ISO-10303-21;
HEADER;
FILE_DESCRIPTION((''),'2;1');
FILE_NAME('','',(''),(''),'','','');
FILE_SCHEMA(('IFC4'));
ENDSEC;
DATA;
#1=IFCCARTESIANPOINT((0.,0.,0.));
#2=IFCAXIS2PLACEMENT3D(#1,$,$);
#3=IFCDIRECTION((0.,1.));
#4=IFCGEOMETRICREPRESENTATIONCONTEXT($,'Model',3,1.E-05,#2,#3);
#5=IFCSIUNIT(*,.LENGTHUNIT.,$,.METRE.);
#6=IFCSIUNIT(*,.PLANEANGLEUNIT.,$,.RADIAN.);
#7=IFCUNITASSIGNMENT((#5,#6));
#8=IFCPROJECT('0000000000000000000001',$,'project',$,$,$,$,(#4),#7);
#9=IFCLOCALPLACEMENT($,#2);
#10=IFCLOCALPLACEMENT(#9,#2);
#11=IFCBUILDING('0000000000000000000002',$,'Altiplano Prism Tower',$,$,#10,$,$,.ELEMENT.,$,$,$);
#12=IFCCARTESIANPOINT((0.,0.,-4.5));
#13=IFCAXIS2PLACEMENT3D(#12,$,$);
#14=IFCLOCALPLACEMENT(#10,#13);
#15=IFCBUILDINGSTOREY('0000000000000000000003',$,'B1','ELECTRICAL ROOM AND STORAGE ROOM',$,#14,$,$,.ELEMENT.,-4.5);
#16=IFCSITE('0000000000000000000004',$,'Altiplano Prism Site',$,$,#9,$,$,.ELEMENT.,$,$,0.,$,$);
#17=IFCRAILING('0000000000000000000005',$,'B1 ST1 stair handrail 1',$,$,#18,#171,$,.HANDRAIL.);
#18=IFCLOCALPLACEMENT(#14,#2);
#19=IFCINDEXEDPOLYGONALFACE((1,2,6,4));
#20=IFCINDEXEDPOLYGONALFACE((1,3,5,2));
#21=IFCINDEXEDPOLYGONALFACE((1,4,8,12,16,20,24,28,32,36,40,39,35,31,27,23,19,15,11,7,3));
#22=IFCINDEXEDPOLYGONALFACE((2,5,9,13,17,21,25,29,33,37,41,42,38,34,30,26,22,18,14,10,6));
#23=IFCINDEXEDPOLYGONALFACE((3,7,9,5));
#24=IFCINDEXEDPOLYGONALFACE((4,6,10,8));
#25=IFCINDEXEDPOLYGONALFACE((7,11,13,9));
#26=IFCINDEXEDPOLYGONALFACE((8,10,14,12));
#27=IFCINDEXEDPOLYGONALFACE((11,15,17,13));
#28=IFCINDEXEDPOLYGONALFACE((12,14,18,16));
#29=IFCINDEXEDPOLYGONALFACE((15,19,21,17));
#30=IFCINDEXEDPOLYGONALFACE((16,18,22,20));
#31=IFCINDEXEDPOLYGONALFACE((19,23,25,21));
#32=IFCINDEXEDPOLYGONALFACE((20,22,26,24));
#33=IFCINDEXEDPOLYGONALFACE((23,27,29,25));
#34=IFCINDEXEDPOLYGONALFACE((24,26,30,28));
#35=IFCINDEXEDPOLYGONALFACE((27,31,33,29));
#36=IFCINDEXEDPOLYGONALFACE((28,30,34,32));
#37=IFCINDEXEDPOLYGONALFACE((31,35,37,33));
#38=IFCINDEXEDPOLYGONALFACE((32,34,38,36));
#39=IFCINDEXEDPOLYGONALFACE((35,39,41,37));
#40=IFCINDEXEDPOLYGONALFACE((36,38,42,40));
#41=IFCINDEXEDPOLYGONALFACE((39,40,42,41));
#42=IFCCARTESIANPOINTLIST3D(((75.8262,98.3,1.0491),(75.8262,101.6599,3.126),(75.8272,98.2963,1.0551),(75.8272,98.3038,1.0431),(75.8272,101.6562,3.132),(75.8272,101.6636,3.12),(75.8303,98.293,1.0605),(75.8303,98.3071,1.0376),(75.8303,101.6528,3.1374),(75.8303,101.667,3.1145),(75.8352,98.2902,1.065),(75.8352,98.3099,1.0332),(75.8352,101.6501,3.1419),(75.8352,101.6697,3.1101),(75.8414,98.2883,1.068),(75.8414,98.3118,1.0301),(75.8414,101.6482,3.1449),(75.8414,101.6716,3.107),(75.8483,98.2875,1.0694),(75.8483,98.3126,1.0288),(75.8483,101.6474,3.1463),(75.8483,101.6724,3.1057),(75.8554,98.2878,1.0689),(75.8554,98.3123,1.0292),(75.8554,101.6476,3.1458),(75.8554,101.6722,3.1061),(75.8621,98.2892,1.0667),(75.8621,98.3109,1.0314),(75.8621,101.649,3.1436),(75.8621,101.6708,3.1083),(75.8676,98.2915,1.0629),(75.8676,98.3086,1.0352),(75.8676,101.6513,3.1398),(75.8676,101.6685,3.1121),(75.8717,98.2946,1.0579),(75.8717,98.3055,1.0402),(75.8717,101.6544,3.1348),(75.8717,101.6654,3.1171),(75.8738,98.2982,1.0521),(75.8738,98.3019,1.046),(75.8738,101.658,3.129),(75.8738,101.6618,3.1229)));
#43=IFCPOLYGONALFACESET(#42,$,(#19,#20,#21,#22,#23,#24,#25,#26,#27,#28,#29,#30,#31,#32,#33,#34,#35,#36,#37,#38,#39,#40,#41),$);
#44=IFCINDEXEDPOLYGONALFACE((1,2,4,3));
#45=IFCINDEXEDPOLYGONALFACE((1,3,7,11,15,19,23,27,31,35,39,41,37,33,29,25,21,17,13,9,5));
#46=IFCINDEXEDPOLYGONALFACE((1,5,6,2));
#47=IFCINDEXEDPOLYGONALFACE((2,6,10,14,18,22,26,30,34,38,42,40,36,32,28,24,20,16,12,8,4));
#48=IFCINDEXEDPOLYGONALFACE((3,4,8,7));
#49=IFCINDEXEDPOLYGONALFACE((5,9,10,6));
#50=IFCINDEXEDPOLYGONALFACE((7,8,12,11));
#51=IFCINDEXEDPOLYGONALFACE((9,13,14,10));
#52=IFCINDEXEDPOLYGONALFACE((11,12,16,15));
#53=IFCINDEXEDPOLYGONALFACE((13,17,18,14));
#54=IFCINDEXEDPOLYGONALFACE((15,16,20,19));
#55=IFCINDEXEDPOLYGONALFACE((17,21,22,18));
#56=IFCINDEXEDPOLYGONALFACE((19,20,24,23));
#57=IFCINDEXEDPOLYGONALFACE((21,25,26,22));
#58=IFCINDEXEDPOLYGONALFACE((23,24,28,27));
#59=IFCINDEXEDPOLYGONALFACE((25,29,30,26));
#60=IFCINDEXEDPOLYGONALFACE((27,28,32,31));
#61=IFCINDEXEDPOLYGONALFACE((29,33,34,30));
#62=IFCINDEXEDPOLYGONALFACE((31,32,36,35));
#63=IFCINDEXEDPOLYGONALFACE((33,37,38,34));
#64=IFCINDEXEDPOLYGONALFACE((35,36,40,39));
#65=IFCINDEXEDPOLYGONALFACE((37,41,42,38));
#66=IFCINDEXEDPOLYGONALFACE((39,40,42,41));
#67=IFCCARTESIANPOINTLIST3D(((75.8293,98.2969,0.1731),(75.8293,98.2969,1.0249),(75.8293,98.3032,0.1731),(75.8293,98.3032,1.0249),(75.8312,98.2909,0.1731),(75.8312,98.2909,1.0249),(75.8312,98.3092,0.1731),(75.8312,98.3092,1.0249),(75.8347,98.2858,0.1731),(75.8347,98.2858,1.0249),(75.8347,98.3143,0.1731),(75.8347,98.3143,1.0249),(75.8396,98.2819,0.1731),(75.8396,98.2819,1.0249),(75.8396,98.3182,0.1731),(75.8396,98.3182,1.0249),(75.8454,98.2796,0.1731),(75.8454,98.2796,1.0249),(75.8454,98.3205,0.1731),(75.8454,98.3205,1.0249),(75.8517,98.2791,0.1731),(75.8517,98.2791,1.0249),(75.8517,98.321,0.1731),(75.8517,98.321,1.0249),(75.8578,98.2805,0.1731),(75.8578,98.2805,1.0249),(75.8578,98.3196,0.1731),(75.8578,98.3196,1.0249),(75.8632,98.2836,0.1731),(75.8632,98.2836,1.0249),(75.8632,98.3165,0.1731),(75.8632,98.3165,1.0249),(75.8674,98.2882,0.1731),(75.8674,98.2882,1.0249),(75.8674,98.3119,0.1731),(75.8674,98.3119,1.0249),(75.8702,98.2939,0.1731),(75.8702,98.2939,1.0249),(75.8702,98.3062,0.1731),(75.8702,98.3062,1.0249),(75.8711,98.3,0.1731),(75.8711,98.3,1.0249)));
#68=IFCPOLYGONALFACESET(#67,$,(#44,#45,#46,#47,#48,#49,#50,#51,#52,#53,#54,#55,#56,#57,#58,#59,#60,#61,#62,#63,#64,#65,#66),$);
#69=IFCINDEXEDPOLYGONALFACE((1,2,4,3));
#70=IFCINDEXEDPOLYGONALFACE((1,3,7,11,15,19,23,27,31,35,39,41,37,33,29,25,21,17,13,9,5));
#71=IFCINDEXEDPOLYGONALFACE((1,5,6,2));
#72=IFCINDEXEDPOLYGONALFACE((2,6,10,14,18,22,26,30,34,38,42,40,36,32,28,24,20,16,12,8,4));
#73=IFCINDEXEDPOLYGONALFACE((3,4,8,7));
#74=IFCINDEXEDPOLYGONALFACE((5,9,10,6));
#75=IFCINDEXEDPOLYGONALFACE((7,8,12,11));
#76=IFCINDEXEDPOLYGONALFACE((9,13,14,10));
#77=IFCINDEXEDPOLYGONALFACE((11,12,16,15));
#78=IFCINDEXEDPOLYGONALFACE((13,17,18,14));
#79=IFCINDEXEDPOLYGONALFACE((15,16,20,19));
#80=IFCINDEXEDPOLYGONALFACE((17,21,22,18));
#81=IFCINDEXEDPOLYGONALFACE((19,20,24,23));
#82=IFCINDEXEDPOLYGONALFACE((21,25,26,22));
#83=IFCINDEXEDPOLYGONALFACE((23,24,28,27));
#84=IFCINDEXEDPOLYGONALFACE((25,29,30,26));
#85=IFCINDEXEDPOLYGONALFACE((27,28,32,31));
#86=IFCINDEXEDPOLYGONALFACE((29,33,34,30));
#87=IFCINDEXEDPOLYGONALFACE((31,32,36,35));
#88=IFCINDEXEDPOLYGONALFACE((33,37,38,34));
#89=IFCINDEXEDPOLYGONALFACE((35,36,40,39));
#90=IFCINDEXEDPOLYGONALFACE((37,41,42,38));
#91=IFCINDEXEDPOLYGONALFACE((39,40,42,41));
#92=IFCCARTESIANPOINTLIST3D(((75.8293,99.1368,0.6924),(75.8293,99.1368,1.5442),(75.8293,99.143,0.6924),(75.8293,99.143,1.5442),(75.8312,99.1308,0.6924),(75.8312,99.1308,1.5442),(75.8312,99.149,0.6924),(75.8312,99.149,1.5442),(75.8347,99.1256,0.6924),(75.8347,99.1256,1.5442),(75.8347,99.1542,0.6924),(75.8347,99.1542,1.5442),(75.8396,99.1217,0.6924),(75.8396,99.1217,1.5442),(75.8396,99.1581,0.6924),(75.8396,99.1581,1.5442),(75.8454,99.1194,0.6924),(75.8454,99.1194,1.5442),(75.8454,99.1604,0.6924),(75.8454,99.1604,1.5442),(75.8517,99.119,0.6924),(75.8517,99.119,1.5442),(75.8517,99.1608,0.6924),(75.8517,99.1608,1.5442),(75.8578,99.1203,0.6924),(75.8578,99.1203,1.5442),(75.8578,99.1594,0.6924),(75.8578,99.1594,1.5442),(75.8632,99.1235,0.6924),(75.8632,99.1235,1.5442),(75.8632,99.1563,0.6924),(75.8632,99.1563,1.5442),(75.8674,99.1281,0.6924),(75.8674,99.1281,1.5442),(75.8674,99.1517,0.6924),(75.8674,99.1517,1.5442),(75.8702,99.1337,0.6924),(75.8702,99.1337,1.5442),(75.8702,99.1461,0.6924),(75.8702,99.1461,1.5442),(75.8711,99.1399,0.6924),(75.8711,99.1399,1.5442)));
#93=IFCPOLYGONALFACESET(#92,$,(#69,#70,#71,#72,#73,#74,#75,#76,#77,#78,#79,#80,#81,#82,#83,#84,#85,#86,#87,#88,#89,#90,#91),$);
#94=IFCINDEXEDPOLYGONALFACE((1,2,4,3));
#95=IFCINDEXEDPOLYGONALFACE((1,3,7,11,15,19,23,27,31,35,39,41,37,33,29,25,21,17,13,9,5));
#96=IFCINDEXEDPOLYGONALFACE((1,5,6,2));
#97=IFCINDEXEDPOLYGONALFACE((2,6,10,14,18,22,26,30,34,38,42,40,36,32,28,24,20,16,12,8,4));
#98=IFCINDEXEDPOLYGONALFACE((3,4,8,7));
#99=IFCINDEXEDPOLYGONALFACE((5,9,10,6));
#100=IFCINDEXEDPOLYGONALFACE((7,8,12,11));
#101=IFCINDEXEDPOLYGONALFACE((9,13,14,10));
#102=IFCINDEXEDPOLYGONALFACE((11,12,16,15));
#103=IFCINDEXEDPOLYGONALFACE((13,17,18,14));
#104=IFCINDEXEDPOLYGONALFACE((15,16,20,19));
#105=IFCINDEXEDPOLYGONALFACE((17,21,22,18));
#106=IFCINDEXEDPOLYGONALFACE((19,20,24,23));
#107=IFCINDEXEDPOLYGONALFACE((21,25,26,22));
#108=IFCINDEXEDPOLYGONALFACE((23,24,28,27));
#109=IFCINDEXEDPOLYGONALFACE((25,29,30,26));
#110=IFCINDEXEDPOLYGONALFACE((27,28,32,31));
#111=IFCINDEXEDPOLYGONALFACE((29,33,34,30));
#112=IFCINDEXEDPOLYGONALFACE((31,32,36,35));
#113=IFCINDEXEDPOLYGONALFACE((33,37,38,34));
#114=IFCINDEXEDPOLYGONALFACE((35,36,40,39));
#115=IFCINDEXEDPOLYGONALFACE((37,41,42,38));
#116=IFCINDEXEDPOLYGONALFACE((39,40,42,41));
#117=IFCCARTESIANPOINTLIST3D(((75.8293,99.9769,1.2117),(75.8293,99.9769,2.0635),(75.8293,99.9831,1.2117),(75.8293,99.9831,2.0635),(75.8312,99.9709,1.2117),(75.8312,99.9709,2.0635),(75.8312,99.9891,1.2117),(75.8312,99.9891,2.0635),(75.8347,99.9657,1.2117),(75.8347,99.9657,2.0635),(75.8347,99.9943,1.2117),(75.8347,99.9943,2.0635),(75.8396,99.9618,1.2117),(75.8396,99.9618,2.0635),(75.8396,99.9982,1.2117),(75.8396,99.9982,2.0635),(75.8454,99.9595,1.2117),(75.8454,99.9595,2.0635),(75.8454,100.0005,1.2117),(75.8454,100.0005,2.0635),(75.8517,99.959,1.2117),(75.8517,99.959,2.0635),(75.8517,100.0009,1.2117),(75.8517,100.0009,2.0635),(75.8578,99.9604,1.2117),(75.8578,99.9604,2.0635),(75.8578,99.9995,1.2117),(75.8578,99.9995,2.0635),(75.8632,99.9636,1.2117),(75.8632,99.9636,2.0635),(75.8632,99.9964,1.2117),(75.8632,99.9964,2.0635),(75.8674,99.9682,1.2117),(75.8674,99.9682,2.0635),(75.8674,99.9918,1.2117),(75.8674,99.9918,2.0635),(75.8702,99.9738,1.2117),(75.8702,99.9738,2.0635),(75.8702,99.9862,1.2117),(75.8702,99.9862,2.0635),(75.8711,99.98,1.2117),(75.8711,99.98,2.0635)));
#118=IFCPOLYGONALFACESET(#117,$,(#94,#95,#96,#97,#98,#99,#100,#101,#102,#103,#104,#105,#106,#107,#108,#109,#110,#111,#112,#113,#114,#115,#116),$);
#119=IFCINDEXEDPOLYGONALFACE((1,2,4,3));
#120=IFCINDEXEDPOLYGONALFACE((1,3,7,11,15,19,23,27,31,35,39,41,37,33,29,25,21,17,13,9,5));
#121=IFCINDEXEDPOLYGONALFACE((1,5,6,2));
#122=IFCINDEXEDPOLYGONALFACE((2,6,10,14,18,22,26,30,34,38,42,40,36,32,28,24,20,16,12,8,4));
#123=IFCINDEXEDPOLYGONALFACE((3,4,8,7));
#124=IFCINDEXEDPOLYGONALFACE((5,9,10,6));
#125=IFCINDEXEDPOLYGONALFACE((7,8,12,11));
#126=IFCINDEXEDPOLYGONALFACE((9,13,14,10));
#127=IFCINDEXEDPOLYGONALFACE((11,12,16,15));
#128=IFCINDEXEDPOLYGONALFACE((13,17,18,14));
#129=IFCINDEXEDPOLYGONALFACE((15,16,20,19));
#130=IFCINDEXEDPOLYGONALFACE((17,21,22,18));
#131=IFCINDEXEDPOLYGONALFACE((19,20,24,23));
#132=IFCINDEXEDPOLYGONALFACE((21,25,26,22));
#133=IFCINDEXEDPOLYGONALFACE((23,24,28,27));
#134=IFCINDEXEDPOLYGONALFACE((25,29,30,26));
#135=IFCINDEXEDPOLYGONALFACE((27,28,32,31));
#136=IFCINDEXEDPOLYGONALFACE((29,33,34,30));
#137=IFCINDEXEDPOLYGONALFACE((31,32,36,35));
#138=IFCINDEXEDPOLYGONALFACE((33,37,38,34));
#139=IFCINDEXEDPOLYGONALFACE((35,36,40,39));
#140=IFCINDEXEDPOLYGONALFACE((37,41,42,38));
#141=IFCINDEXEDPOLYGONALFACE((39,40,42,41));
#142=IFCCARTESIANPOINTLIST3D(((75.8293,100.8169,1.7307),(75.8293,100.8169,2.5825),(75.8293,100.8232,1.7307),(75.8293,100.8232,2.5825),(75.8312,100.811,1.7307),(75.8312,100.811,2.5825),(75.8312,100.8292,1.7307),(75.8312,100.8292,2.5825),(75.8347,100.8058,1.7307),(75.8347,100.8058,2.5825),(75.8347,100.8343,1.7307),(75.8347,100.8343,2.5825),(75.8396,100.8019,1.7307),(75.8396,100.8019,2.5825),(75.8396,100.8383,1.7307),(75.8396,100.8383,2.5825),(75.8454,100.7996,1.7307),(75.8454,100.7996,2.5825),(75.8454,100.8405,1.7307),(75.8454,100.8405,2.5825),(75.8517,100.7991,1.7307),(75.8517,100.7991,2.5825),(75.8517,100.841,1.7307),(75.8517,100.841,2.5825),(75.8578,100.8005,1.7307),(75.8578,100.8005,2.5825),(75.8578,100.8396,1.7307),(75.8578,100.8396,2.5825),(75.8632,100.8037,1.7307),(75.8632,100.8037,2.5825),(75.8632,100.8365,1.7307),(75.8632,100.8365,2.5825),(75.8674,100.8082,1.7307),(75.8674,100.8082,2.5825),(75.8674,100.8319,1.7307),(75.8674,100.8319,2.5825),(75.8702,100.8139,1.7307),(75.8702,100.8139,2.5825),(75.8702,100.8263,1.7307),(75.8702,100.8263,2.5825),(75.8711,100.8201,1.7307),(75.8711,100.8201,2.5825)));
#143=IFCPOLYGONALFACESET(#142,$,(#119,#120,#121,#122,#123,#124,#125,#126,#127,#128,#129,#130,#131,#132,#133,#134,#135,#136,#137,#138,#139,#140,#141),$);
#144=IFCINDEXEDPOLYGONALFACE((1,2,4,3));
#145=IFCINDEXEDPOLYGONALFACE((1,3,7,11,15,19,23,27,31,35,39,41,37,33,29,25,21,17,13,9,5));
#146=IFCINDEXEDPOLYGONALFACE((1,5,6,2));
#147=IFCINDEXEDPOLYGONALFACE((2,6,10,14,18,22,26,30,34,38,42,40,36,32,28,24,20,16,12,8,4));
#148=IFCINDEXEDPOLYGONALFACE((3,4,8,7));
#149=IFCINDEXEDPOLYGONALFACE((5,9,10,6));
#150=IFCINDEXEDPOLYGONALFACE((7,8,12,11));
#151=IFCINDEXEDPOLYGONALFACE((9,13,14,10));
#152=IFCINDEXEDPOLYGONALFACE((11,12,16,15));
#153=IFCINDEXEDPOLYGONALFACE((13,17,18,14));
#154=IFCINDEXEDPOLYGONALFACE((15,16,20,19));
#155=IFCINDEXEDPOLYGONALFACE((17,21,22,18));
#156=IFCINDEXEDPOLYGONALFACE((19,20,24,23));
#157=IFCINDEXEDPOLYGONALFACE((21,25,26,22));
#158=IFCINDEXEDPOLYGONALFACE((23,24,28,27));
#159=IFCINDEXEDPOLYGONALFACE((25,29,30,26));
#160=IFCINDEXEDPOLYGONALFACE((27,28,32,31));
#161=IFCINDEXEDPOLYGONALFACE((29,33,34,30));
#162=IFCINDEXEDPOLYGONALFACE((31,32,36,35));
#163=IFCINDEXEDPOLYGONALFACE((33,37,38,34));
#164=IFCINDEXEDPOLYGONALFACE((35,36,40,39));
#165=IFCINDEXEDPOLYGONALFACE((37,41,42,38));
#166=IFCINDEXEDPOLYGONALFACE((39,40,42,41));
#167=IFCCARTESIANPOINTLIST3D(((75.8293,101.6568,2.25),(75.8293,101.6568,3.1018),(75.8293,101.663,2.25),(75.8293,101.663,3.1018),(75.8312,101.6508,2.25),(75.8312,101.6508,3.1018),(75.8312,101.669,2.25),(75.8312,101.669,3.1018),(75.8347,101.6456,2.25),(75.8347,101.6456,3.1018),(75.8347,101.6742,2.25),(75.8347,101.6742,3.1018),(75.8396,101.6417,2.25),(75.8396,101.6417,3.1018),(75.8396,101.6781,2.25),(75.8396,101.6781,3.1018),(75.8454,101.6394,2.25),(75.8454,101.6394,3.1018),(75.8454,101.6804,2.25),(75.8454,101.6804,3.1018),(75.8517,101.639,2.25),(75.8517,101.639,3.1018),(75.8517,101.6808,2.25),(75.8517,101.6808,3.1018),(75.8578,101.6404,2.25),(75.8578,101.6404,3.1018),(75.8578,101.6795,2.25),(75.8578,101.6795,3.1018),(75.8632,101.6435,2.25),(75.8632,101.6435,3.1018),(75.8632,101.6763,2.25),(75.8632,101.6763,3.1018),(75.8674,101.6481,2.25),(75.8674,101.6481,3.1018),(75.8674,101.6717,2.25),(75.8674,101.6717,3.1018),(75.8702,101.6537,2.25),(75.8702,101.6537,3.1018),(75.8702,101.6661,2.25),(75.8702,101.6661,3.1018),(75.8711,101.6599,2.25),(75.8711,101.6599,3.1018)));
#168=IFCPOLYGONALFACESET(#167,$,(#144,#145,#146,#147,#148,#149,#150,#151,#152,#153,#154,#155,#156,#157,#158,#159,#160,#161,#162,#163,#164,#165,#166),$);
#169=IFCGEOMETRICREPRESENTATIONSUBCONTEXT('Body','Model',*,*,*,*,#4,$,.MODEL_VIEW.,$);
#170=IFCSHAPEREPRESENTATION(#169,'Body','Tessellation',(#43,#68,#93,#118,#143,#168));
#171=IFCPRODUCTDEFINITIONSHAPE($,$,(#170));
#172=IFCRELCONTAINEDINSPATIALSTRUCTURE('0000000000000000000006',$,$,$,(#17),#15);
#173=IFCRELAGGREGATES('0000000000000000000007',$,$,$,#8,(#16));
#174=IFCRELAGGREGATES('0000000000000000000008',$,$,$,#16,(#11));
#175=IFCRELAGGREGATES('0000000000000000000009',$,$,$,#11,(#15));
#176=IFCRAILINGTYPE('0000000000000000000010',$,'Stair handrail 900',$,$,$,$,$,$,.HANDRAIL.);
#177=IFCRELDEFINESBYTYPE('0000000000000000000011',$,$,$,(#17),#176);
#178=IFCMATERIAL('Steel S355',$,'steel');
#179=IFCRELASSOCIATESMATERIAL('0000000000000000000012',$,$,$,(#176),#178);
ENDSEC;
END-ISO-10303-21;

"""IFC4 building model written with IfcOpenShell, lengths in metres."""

from ifc_helpers import new_model, si_unit, direction, frame, origin, origin_2d, place, context, subcontext, project, spatial, circle, extrude, material, type_object, element, save


model = new_model("IFC4")

# Units and contexts
model_context = context("Model", 3, precision=1e-05, world=origin(), true_north=direction((0.0, 1.0)))
body_context = subcontext(model_context, "Body", "Model", "MODEL_VIEW")
ifc_project = project(units=[si_unit("LENGTHUNIT", "METRE"), si_unit("PLANEANGLEUNIT", "RADIAN")], contexts=[model_context])

# Site, building, storey
site_placement = place(None, origin())
site = spatial("IfcSite", under=ifc_project, at=site_placement, Name="Altiplano Prism Site", CompositionType="ELEMENT", RefElevation=0.0)
building_placement = place(site_placement, origin())
building = spatial("IfcBuilding", under=site, at=building_placement, Name="Altiplano Prism Tower", CompositionType="ELEMENT")
storey_placement = place(building_placement, frame((0.0, 0.0, -4.5)))
storey = spatial("IfcBuildingStorey", under=building, at=storey_placement, Name="B1", Description="ELECTRICAL ROOM AND STORAGE ROOM", CompositionType="ELEMENT", Elevation=-4.5)

# Railing
ifc_material_1 = material(Name="Steel S355", Category="steel")
railing_type_1 = type_object("IfcRailingType", Name="Stair handrail 900", PredefinedType="HANDRAIL", material=ifc_material_1)
railing_1_placement = place(storey_placement, frame((75.8501, 98.3, 0.1731)))
element("IfcRailing", 1, at=railing_1_placement, inside=storey, type_object=railing_type_1, Name="B1 ST1 stair handrail 1", PredefinedType="HANDRAIL", context=body_context, shape_type="SweptSolid", body=[
    extrude(circle(Radius=0.0239, at=origin_2d()), frame((0.0, 0.0, 0.876), z_axis=(0.0, 0.850606, 0.525803), x_axis=(-1.0, 0.0, 0.0)), (0.0, 0.0, 1.0), 3.95),
    extrude(circle(Radius=0.021, at=origin_2d()), origin(), (0.0, 0.0, 1.0), 0.8518),
    extrude(circle(Radius=0.021, at=origin_2d()), frame((0.0, 0.8398, 0.5193)), (0.0, 0.0, 1.0), 0.8518),
    extrude(circle(Radius=0.021, at=origin_2d()), frame((0.0, 1.6799, 1.0386)), (0.0, 0.0, 1.0), 0.8518),
    extrude(circle(Radius=0.021, at=origin_2d()), frame((0.0, 2.52, 1.5576)), (0.0, 0.0, 1.0), 0.8518),
    extrude(circle(Radius=0.021, at=origin_2d()), frame((0.0, 3.3599, 2.0769)), (0.0, 0.0, 1.0), 0.8518),
])

save(model, "model.ifc")
